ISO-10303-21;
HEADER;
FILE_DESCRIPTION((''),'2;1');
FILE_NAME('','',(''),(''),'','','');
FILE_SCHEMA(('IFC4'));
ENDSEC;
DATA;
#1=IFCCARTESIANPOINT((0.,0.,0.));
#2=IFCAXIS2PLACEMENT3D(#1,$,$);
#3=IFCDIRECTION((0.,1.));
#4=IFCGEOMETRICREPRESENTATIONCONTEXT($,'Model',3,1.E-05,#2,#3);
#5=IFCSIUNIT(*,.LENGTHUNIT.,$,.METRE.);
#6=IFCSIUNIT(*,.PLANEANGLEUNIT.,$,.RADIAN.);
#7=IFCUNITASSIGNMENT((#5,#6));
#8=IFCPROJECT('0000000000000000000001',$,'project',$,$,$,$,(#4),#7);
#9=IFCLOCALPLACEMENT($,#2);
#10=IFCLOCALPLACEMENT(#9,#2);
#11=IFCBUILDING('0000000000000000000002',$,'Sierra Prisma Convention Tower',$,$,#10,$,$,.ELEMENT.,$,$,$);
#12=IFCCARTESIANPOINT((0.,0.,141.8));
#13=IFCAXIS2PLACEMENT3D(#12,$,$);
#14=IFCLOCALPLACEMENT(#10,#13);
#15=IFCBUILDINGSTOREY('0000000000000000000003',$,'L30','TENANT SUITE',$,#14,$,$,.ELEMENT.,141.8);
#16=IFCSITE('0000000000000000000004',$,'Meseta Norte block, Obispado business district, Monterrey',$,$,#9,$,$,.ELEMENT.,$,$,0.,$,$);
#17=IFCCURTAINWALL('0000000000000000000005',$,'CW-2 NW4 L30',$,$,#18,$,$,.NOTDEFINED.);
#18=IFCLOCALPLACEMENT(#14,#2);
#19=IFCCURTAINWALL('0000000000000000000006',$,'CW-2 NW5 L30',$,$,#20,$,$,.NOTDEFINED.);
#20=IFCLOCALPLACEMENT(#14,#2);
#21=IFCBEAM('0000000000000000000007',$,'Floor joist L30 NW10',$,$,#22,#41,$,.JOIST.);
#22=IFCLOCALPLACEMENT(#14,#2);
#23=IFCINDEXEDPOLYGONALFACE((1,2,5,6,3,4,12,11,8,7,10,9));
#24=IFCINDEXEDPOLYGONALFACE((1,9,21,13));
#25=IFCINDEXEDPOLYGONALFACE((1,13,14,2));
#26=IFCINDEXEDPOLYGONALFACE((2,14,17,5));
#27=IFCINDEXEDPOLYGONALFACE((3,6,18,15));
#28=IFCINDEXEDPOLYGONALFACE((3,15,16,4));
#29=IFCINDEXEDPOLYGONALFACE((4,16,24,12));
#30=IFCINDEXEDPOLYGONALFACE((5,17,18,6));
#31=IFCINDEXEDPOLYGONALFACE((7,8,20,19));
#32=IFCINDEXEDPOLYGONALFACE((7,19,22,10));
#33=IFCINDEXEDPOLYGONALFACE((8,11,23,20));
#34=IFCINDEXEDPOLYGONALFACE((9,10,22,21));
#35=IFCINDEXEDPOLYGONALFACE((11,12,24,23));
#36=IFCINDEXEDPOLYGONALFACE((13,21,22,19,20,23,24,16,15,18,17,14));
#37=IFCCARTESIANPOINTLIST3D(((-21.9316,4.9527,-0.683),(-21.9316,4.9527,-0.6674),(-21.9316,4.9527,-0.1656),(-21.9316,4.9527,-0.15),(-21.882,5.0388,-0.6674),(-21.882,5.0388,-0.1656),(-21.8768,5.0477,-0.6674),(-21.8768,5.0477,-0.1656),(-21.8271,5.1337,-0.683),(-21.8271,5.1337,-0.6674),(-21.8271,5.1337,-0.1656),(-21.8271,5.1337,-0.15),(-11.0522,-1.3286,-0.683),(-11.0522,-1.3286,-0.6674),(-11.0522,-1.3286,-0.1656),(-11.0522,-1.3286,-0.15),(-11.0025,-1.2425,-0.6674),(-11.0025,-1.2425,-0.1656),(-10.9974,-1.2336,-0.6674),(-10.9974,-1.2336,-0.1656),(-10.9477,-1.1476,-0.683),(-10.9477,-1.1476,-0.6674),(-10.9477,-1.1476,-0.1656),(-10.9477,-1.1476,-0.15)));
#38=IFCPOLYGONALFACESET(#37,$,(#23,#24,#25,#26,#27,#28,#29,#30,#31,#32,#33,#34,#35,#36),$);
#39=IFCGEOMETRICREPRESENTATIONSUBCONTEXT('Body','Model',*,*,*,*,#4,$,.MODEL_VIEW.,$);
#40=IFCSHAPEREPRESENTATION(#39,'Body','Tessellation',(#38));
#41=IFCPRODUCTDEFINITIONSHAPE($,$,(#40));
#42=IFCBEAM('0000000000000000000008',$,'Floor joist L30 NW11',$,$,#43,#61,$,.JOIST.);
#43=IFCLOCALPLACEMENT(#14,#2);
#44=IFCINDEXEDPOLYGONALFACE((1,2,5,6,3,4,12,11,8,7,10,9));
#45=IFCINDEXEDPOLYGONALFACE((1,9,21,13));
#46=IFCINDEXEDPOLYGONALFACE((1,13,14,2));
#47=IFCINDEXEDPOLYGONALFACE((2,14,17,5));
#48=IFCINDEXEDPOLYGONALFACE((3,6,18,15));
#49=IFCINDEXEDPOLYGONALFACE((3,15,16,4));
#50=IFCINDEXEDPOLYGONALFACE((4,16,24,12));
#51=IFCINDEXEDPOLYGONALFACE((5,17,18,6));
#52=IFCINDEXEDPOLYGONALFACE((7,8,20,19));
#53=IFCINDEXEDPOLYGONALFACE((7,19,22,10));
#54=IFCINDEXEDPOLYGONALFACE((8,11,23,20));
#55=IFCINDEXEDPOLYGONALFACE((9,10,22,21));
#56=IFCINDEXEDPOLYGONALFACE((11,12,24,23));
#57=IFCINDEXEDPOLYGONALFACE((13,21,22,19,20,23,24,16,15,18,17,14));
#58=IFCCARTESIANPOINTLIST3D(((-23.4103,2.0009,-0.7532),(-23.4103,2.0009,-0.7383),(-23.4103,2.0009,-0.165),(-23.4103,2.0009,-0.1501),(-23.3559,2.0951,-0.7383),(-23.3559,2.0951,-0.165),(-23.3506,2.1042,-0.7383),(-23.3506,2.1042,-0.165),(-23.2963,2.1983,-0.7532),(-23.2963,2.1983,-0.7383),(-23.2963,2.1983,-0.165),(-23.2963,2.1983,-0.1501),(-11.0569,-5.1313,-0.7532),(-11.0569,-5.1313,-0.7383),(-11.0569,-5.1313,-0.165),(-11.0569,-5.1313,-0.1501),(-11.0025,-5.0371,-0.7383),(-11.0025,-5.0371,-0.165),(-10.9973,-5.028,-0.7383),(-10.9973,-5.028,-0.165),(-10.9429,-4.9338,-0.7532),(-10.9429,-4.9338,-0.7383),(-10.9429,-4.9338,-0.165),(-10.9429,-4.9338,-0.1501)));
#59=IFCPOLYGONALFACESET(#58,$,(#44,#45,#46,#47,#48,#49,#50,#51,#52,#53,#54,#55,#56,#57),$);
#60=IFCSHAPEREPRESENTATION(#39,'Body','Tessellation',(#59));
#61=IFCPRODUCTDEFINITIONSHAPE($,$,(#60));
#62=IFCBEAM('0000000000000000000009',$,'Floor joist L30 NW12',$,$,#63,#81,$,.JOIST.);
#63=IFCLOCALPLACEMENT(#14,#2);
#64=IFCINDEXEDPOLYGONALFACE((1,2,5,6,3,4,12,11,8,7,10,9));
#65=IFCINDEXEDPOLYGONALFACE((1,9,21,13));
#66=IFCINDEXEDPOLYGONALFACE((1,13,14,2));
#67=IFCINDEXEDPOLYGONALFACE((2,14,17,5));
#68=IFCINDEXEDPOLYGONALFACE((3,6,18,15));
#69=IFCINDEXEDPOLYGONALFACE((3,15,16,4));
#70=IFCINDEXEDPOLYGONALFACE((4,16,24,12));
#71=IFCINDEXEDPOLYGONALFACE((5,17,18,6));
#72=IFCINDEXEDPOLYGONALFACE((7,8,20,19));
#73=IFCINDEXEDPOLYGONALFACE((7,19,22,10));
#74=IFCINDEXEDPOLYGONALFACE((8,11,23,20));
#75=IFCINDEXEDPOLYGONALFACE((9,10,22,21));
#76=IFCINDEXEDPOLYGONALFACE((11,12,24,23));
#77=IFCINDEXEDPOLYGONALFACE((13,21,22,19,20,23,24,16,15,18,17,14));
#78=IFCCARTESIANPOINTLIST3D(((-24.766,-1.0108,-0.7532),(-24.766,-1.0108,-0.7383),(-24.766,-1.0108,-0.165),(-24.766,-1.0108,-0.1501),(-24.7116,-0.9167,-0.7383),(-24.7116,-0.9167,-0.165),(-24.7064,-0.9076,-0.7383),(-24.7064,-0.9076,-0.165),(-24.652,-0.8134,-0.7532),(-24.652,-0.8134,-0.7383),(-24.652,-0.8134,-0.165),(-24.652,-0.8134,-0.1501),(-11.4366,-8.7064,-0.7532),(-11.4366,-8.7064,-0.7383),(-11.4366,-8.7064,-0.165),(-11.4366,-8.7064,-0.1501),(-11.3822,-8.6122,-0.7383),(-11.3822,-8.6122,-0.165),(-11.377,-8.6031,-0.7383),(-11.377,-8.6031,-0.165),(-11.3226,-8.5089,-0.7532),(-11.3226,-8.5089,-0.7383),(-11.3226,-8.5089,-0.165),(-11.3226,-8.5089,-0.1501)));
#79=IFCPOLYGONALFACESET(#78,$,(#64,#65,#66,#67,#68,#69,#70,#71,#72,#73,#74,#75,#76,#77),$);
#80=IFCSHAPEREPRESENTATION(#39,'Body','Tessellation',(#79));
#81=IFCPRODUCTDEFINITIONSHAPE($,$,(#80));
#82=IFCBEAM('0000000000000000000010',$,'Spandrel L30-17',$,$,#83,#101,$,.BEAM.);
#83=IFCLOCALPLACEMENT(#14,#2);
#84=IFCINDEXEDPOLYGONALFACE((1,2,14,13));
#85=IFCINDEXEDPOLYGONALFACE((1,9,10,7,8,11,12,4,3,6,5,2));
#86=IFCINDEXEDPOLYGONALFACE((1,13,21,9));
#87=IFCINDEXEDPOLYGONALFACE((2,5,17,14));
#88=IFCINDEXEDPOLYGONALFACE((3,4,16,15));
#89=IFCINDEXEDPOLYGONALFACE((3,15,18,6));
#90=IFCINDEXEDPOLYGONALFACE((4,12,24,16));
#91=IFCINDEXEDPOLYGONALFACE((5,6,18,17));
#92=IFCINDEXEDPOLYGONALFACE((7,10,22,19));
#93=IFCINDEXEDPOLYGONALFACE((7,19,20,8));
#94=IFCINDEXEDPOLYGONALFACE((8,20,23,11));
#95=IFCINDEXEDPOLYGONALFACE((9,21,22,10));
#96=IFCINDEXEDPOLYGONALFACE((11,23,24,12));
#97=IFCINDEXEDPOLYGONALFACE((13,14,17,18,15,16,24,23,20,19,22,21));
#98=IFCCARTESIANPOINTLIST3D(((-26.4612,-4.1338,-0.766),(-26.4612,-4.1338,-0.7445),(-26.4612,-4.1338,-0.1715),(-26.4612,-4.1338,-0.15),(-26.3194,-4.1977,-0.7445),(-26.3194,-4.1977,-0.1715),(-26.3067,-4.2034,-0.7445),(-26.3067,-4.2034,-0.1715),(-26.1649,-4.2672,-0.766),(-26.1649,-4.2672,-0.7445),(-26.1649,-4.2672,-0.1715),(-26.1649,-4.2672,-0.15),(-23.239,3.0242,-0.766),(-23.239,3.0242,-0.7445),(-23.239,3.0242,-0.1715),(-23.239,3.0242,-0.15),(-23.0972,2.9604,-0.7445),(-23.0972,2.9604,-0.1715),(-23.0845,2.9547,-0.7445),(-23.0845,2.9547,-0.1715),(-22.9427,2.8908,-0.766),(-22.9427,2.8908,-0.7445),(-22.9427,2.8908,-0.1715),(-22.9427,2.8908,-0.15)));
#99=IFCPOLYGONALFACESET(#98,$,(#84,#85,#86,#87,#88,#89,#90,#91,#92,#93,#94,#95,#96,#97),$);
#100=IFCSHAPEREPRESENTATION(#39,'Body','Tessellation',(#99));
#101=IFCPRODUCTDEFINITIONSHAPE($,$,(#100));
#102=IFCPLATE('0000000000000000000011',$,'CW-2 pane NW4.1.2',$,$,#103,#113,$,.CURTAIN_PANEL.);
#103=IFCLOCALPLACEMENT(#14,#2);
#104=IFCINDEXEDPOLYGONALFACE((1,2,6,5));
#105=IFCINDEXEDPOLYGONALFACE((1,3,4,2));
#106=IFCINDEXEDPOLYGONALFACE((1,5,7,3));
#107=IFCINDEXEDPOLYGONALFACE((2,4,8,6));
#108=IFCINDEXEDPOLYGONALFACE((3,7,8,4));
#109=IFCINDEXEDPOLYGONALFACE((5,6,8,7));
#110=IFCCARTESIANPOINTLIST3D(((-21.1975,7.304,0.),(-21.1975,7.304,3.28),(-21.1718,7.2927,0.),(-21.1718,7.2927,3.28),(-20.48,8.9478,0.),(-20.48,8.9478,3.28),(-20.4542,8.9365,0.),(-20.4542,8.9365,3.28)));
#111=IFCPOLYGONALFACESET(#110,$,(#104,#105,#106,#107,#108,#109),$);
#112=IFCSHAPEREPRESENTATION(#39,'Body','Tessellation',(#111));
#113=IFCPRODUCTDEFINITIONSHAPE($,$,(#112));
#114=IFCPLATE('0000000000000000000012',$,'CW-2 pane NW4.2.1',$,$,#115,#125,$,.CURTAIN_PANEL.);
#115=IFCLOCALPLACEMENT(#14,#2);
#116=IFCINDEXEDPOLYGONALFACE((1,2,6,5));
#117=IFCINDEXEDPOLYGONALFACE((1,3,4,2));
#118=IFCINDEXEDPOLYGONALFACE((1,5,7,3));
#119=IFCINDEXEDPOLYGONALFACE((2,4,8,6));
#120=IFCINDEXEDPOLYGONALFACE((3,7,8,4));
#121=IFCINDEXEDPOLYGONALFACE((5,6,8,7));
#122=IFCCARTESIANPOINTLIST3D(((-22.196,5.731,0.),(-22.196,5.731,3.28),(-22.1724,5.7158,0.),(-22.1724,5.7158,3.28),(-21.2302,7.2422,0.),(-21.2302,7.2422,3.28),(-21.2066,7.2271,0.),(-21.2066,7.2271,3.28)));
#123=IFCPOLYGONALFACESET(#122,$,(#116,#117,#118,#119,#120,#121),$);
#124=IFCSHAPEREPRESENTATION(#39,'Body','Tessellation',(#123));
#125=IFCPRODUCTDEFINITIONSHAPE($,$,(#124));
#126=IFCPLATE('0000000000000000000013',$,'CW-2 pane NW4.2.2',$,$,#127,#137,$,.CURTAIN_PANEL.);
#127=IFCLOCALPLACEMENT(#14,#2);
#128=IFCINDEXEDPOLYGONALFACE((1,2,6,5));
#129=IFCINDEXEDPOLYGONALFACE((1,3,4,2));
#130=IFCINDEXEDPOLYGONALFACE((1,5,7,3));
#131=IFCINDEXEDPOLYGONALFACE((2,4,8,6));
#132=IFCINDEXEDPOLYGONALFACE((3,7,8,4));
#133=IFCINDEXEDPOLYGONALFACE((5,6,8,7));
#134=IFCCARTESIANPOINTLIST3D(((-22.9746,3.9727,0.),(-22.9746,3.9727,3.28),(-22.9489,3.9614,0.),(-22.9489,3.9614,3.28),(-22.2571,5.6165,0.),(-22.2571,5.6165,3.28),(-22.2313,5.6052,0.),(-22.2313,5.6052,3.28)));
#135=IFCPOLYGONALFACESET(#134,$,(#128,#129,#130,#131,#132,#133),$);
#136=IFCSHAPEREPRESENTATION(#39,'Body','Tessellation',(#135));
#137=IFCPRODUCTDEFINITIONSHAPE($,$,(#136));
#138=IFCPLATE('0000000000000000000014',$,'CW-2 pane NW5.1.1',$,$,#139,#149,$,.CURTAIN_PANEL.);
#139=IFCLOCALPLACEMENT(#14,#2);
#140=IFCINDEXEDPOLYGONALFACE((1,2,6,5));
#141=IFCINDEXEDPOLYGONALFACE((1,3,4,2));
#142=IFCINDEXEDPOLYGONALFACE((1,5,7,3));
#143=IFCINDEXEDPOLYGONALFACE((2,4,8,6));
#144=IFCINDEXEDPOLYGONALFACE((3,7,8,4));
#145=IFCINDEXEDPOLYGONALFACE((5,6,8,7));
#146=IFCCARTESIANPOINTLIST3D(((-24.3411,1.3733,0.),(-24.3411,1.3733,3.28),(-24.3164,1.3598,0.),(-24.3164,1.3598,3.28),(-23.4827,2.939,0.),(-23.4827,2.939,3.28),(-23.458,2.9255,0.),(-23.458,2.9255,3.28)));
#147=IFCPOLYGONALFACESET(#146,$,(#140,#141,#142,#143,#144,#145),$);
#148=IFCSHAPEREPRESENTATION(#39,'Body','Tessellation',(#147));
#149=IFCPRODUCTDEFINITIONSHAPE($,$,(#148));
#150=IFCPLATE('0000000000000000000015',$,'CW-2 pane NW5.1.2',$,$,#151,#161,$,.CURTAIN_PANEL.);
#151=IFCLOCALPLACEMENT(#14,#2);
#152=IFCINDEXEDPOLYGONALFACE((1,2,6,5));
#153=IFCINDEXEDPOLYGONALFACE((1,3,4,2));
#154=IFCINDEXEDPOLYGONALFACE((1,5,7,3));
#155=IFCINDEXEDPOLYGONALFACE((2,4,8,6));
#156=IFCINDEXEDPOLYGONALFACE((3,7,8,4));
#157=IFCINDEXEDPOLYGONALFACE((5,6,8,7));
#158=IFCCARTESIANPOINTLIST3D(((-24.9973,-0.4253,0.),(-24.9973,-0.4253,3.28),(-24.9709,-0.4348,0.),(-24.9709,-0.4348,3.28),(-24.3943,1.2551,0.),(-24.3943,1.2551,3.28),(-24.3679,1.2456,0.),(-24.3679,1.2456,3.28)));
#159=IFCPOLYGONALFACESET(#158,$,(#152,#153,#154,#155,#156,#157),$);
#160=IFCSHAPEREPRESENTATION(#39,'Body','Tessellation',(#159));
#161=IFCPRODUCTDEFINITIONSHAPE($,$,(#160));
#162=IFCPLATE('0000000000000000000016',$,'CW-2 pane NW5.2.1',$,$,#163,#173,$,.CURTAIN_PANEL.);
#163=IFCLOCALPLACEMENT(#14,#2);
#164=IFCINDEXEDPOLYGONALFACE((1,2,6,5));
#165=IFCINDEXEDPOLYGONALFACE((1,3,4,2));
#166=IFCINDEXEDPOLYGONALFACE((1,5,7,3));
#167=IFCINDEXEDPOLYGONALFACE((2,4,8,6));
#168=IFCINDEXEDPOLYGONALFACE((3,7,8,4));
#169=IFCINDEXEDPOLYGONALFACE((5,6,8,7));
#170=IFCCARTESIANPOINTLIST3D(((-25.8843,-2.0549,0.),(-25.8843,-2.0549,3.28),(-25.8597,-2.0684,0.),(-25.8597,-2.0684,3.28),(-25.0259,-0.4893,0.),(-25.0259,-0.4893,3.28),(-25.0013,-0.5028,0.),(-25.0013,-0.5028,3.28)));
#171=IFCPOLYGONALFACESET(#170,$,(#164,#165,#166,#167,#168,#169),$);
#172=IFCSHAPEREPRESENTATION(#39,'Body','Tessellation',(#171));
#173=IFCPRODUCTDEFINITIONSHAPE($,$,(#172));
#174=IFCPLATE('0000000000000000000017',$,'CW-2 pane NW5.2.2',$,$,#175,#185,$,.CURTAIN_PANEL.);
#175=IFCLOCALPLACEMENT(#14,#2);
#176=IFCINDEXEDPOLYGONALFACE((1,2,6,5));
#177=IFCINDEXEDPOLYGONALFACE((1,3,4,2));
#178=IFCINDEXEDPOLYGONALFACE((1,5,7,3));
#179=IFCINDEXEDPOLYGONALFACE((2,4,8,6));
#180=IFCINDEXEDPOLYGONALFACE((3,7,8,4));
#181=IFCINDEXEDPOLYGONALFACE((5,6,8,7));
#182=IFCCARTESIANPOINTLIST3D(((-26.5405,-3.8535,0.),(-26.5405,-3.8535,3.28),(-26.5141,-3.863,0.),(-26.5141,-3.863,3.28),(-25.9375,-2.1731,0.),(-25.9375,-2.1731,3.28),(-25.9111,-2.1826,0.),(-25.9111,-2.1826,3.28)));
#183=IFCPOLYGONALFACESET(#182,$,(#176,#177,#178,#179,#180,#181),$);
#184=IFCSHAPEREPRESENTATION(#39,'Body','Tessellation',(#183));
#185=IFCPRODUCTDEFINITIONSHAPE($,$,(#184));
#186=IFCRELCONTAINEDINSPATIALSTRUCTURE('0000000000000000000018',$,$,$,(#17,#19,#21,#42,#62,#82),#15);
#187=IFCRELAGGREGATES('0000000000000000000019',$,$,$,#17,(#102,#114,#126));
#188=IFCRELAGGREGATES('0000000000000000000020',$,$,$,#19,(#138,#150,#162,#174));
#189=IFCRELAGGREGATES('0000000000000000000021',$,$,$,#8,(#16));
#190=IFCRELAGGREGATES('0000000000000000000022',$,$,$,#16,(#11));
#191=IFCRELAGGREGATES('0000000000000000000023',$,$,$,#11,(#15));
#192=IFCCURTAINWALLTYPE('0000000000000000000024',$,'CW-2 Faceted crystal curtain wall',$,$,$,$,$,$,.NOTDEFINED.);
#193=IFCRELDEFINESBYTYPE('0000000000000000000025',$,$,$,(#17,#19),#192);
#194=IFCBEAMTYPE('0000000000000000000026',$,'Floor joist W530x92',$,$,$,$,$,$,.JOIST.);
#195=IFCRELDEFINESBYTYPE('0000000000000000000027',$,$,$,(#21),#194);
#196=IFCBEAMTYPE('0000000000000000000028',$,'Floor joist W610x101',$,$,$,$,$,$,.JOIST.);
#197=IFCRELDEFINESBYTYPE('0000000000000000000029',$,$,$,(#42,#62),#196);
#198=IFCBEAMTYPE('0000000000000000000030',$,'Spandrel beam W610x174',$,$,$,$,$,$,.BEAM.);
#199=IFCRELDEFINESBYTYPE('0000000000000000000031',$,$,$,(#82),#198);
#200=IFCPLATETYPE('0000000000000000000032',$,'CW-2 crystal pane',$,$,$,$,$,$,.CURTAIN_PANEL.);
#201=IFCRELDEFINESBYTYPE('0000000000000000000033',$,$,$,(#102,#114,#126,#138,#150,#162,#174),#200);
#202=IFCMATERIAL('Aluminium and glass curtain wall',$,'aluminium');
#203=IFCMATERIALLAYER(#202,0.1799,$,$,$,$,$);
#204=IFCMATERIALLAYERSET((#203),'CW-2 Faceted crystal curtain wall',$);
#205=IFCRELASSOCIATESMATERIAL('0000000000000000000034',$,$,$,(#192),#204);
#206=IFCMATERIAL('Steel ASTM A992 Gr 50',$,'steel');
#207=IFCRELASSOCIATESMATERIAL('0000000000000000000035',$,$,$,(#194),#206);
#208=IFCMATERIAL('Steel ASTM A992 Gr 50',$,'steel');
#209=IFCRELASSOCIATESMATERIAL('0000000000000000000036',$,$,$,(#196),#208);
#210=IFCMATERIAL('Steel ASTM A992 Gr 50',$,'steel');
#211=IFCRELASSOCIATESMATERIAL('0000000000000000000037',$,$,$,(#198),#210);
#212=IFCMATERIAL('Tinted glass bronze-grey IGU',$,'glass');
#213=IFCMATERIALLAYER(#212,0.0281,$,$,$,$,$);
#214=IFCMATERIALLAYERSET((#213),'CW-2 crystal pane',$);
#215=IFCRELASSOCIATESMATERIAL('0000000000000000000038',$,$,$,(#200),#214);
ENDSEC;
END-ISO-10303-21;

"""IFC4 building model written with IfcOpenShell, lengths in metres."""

from ifc_helpers import new_model, si_unit, direction, frame, origin, origin_2d, place, context, subcontext, project, spatial, polyline, i_section, outline, extrude, material, layer, layer_set, material_profile, profile_set, type_object, element, aggregate, save


model = new_model("IFC4")

# Units and contexts
model_context = context("Model", 3, precision=1e-05, world=origin(), true_north=direction((0.0, 1.0)))
body_context = subcontext(model_context, "Body", "Model", "MODEL_VIEW")
ifc_project = project(units=[si_unit("LENGTHUNIT", "METRE"), si_unit("PLANEANGLEUNIT", "RADIAN")], contexts=[model_context])

# Site, building, storey
site_placement = place(None, origin())
site = spatial("IfcSite", under=ifc_project, at=site_placement, Name="Meseta Norte block, Obispado business district, Monterrey", CompositionType="ELEMENT", RefElevation=0.0)
building_placement = place(site_placement, origin())
building = spatial("IfcBuilding", under=site, at=building_placement, Name="Sierra Prisma Convention Tower", CompositionType="ELEMENT")
storey_placement = place(building_placement, frame((0.0, 0.0, 141.8)))
storey = spatial("IfcBuildingStorey", under=building, at=storey_placement, Name="L30", Description="TENANT SUITE", CompositionType="ELEMENT", Elevation=141.8)

# Curtain walls
ifc_material_1 = material(Name="Aluminium and glass curtain wall", Category="aluminium")
ifc_layer_1 = layer(ifc_material_1, 0.1799)
ifc_layer_set_1 = layer_set([ifc_layer_1], Name="CW-2 Faceted crystal curtain wall")
curtain_wall_type = type_object("IfcCurtainWallType", Name="CW-2 Faceted crystal curtain wall", PredefinedType="NOTDEFINED", material=ifc_layer_set_1)
curtain_wall_1_placement = place(storey_placement, origin())
curtain_wall_1 = element("IfcCurtainWall", 1, at=curtain_wall_1_placement, inside=storey, type_object=curtain_wall_type, Name="CW-2 NW4 L30", PredefinedType="NOTDEFINED")
curtain_wall_2_placement = place(storey_placement, origin())
curtain_wall_2 = element("IfcCurtainWall", 2, at=curtain_wall_2_placement, inside=storey, type_object=curtain_wall_type, Name="CW-2 NW5 L30", PredefinedType="NOTDEFINED")

# Beams
ifc_material_2 = material(Name="Steel ASTM A992 Gr 50", Category="steel")
ifc_material_profile_1 = material_profile(ifc_material_2, i_section(OverallWidth=0.209, OverallDepth=0.533, WebThickness=0.0103, FlangeThickness=0.0156, at=origin_2d()), Name="W530x92")
ifc_profile_set_1 = profile_set([ifc_material_profile_1], Name="Steel ASTM A992 Gr 50")
beam_type_1 = type_object("IfcBeamType", Name="Floor joist W530x92", PredefinedType="JOIST", material=ifc_profile_set_1)
beam_1_placement = place(storey_placement, frame((-21.8794, 5.0432, -0.4165), z_axis=(0.866024, -0.500002, 0.0), x_axis=(0.500002, 0.866024, 0.0)))
element("IfcBeam", 3, at=beam_1_placement, inside=storey, type_object=beam_type_1, Name="Floor joist L30 NW10", PredefinedType="JOIST", context=body_context, shape_type="SweptSolid", body=[
    extrude(i_section(OverallWidth=0.209, OverallDepth=0.533, WebThickness=0.0103, FlangeThickness=0.0156, at=origin_2d()), origin(), (0.0, 0.0, 1.0), 12.5625),
])
ifc_material_3 = material(Name="Steel ASTM A992 Gr 50", Category="steel")
ifc_material_profile_2 = material_profile(ifc_material_3, i_section(OverallWidth=0.228, OverallDepth=0.603, WebThickness=0.0105, FlangeThickness=0.0149, at=origin_2d()), Name="W610x101")
ifc_profile_set_2 = profile_set([ifc_material_profile_2], Name="Steel ASTM A992 Gr 50")
beam_type_2 = type_object("IfcBeamType", Name="Floor joist W610x101", PredefinedType="JOIST", material=ifc_profile_set_2)
beam_2_placement = place(storey_placement, frame((-23.3533, 2.0996, -0.4517), z_axis=(0.866028, -0.499996, 0.0), x_axis=(0.499996, 0.866028, 0.0)))
element("IfcBeam", 4, at=beam_2_placement, inside=storey, type_object=beam_type_2, Name="Floor joist L30 NW11", PredefinedType="JOIST", context=body_context, shape_type="SweptSolid", body=[
    extrude(i_section(OverallWidth=0.228, OverallDepth=0.603, WebThickness=0.0105, FlangeThickness=0.0149, at=origin_2d()), origin(), (0.0, 0.0, 1.0), 14.2644),
])
beam_3_placement = place(storey_placement, frame((-24.709, -0.9121, -0.4517), z_axis=(0.866029, -0.499993, 0.0), x_axis=(0.499993, 0.866029, 0.0)))
element("IfcBeam", 5, at=beam_3_placement, inside=storey, type_object=beam_type_2, Name="Floor joist L30 NW12", PredefinedType="JOIST", context=body_context, shape_type="SweptSolid", body=[
    extrude(i_section(OverallWidth=0.228, OverallDepth=0.603, WebThickness=0.0105, FlangeThickness=0.0149, at=origin_2d()), origin(), (0.0, 0.0, 1.0), 15.3914),
])
ifc_material_4 = material(Name="Steel ASTM A992 Gr 50", Category="steel")
ifc_material_profile_3 = material_profile(ifc_material_4, i_section(OverallWidth=0.325, OverallDepth=0.616, WebThickness=0.0139, FlangeThickness=0.0215, at=origin_2d()), Name="W610x174")
ifc_profile_set_3 = profile_set([ifc_material_profile_3], Name="Steel ASTM A992 Gr 50")
beam_type_3 = type_object("IfcBeamType", Name="Spandrel beam W610x174", PredefinedType="BEAM", material=ifc_profile_set_3)
beam_4_placement = place(storey_placement, frame((-23.0908, 2.9575, -0.458), z_axis=(-0.41048, -0.91187, 0.0), x_axis=(0.91187, -0.41048, 0.0)))
element("IfcBeam", 6, at=beam_4_placement, inside=storey, type_object=beam_type_3, Name="Spandrel L30-17", PredefinedType="BEAM", context=body_context, shape_type="SweptSolid", body=[
    extrude(i_section(OverallWidth=0.325, OverallDepth=0.616, WebThickness=0.0139, FlangeThickness=0.0215, at=origin_2d()), origin(), (0.0, 0.0, 1.0), 7.8499),
])

# Plates
ifc_material_5 = material(Name="Tinted glass bronze-grey IGU", Category="glass")
ifc_layer_2 = layer(ifc_material_5, 0.0281)
ifc_layer_set_2 = layer_set([ifc_layer_2], Name="CW-2 crystal pane")
plate_type = type_object("IfcPlateType", Name="CW-2 crystal pane", PredefinedType="CURTAIN_PANEL", material=ifc_layer_set_2)
plate_1_placement = place(storey_placement, frame((-21.1975, 7.304, 0.0), z_axis=(-0.916491, 0.400055, 0.0), x_axis=(0.400055, 0.916491, 0.0)))
plate_1 = element("IfcPlate", 7, at=plate_1_placement, type_object=plate_type, Name="CW-2 pane NW4.1.2", PredefinedType="CURTAIN_PANEL", context=body_context, shape_type="SweptSolid", body=[
    extrude(outline(polyline([(0.0, 0.0), (1.7936, 0.0), (1.7936, -3.28), (0.0, -3.28), (0.0, 0.0)])), origin(), (0.0, 0.0, -1.0), 0.0281),
])
plate_2_placement = place(storey_placement, frame((-21.2302, 7.2422, 0.0), z_axis=(-0.842617, 0.538513, 0.0), x_axis=(-0.538513, -0.842617, 0.0)))
plate_2 = element("IfcPlate", 8, at=plate_2_placement, type_object=plate_type, Name="CW-2 pane NW4.2.1", PredefinedType="CURTAIN_PANEL", context=body_context, shape_type="SweptSolid", body=[
    extrude(outline(polyline([(0.0, 0.0), (1.7935, 0.0), (1.7935, 3.28), (0.0, 3.28), (0.0, 0.0)])), origin(), (0.0, 0.0, -1.0), 0.0281),
])
plate_3_placement = place(storey_placement, frame((-22.9746, 3.9727, 0.0), z_axis=(-0.916491, 0.400055, 0.0), x_axis=(0.400055, 0.916491, 0.0)))
plate_3 = element("IfcPlate", 9, at=plate_3_placement, type_object=plate_type, Name="CW-2 pane NW4.2.2", PredefinedType="CURTAIN_PANEL", context=body_context, shape_type="SweptSolid", body=[
    extrude(outline(polyline([(0.0, 0.0), (1.7936, 0.0), (1.7936, -3.28), (0.0, -3.28), (0.0, 0.0)])), origin(), (0.0, 0.0, -1.0), 0.0281),
])
aggregate(curtain_wall_1, [plate_1, plate_2, plate_3])
plate_4_placement = place(storey_placement, frame((-23.4827, 2.939, 0.0), z_axis=(-0.876859, 0.480748, 0.0), x_axis=(-0.480748, -0.876859, 0.0)))
plate_4 = element("IfcPlate", 10, at=plate_4_placement, type_object=plate_type, Name="CW-2 pane NW5.1.1", PredefinedType="CURTAIN_PANEL", context=body_context, shape_type="SweptSolid", body=[
    extrude(outline(polyline([(0.0, 0.0), (1.7855, 0.0), (1.7855, 3.28), (0.0, 3.28), (0.0, 0.0)])), origin(), (0.0, 0.0, -1.0), 0.0281),
])
plate_5_placement = place(storey_placement, frame((-24.9973, -0.4253, 0.0), z_axis=(-0.94123, 0.337765, 0.0), x_axis=(0.337765, 0.94123, 0.0)))
plate_5 = element("IfcPlate", 11, at=plate_5_placement, type_object=plate_type, Name="CW-2 pane NW5.1.2", PredefinedType="CURTAIN_PANEL", context=body_context, shape_type="SweptSolid", body=[
    extrude(outline(polyline([(0.0, 0.0), (1.7853, 0.0), (1.7853, -3.28), (0.0, -3.28), (0.0, 0.0)])), origin(), (0.0, 0.0, -1.0), 0.0281),
])
plate_6_placement = place(storey_placement, frame((-25.0259, -0.4893, 0.0), z_axis=(-0.876859, 0.480748, 0.0), x_axis=(-0.480748, -0.876859, 0.0)))
plate_6 = element("IfcPlate", 12, at=plate_6_placement, type_object=plate_type, Name="CW-2 pane NW5.2.1", PredefinedType="CURTAIN_PANEL", context=body_context, shape_type="SweptSolid", body=[
    extrude(outline(polyline([(0.0, 0.0), (1.7855, 0.0), (1.7855, 3.28), (0.0, 3.28), (0.0, 0.0)])), origin(), (0.0, 0.0, -1.0), 0.0281),
])
plate_7_placement = place(storey_placement, frame((-26.5405, -3.8535, 0.0), z_axis=(-0.94123, 0.337765, 0.0), x_axis=(0.337765, 0.94123, 0.0)))
plate_7 = element("IfcPlate", 13, at=plate_7_placement, type_object=plate_type, Name="CW-2 pane NW5.2.2", PredefinedType="CURTAIN_PANEL", context=body_context, shape_type="SweptSolid", body=[
    extrude(outline(polyline([(0.0, 0.0), (1.7853, 0.0), (1.7853, -3.28), (0.0, -3.28), (0.0, 0.0)])), origin(), (0.0, 0.0, -1.0), 0.0281),
])
aggregate(curtain_wall_2, [plate_4, plate_5, plate_6, plate_7])

save(model, "model.ifc")
